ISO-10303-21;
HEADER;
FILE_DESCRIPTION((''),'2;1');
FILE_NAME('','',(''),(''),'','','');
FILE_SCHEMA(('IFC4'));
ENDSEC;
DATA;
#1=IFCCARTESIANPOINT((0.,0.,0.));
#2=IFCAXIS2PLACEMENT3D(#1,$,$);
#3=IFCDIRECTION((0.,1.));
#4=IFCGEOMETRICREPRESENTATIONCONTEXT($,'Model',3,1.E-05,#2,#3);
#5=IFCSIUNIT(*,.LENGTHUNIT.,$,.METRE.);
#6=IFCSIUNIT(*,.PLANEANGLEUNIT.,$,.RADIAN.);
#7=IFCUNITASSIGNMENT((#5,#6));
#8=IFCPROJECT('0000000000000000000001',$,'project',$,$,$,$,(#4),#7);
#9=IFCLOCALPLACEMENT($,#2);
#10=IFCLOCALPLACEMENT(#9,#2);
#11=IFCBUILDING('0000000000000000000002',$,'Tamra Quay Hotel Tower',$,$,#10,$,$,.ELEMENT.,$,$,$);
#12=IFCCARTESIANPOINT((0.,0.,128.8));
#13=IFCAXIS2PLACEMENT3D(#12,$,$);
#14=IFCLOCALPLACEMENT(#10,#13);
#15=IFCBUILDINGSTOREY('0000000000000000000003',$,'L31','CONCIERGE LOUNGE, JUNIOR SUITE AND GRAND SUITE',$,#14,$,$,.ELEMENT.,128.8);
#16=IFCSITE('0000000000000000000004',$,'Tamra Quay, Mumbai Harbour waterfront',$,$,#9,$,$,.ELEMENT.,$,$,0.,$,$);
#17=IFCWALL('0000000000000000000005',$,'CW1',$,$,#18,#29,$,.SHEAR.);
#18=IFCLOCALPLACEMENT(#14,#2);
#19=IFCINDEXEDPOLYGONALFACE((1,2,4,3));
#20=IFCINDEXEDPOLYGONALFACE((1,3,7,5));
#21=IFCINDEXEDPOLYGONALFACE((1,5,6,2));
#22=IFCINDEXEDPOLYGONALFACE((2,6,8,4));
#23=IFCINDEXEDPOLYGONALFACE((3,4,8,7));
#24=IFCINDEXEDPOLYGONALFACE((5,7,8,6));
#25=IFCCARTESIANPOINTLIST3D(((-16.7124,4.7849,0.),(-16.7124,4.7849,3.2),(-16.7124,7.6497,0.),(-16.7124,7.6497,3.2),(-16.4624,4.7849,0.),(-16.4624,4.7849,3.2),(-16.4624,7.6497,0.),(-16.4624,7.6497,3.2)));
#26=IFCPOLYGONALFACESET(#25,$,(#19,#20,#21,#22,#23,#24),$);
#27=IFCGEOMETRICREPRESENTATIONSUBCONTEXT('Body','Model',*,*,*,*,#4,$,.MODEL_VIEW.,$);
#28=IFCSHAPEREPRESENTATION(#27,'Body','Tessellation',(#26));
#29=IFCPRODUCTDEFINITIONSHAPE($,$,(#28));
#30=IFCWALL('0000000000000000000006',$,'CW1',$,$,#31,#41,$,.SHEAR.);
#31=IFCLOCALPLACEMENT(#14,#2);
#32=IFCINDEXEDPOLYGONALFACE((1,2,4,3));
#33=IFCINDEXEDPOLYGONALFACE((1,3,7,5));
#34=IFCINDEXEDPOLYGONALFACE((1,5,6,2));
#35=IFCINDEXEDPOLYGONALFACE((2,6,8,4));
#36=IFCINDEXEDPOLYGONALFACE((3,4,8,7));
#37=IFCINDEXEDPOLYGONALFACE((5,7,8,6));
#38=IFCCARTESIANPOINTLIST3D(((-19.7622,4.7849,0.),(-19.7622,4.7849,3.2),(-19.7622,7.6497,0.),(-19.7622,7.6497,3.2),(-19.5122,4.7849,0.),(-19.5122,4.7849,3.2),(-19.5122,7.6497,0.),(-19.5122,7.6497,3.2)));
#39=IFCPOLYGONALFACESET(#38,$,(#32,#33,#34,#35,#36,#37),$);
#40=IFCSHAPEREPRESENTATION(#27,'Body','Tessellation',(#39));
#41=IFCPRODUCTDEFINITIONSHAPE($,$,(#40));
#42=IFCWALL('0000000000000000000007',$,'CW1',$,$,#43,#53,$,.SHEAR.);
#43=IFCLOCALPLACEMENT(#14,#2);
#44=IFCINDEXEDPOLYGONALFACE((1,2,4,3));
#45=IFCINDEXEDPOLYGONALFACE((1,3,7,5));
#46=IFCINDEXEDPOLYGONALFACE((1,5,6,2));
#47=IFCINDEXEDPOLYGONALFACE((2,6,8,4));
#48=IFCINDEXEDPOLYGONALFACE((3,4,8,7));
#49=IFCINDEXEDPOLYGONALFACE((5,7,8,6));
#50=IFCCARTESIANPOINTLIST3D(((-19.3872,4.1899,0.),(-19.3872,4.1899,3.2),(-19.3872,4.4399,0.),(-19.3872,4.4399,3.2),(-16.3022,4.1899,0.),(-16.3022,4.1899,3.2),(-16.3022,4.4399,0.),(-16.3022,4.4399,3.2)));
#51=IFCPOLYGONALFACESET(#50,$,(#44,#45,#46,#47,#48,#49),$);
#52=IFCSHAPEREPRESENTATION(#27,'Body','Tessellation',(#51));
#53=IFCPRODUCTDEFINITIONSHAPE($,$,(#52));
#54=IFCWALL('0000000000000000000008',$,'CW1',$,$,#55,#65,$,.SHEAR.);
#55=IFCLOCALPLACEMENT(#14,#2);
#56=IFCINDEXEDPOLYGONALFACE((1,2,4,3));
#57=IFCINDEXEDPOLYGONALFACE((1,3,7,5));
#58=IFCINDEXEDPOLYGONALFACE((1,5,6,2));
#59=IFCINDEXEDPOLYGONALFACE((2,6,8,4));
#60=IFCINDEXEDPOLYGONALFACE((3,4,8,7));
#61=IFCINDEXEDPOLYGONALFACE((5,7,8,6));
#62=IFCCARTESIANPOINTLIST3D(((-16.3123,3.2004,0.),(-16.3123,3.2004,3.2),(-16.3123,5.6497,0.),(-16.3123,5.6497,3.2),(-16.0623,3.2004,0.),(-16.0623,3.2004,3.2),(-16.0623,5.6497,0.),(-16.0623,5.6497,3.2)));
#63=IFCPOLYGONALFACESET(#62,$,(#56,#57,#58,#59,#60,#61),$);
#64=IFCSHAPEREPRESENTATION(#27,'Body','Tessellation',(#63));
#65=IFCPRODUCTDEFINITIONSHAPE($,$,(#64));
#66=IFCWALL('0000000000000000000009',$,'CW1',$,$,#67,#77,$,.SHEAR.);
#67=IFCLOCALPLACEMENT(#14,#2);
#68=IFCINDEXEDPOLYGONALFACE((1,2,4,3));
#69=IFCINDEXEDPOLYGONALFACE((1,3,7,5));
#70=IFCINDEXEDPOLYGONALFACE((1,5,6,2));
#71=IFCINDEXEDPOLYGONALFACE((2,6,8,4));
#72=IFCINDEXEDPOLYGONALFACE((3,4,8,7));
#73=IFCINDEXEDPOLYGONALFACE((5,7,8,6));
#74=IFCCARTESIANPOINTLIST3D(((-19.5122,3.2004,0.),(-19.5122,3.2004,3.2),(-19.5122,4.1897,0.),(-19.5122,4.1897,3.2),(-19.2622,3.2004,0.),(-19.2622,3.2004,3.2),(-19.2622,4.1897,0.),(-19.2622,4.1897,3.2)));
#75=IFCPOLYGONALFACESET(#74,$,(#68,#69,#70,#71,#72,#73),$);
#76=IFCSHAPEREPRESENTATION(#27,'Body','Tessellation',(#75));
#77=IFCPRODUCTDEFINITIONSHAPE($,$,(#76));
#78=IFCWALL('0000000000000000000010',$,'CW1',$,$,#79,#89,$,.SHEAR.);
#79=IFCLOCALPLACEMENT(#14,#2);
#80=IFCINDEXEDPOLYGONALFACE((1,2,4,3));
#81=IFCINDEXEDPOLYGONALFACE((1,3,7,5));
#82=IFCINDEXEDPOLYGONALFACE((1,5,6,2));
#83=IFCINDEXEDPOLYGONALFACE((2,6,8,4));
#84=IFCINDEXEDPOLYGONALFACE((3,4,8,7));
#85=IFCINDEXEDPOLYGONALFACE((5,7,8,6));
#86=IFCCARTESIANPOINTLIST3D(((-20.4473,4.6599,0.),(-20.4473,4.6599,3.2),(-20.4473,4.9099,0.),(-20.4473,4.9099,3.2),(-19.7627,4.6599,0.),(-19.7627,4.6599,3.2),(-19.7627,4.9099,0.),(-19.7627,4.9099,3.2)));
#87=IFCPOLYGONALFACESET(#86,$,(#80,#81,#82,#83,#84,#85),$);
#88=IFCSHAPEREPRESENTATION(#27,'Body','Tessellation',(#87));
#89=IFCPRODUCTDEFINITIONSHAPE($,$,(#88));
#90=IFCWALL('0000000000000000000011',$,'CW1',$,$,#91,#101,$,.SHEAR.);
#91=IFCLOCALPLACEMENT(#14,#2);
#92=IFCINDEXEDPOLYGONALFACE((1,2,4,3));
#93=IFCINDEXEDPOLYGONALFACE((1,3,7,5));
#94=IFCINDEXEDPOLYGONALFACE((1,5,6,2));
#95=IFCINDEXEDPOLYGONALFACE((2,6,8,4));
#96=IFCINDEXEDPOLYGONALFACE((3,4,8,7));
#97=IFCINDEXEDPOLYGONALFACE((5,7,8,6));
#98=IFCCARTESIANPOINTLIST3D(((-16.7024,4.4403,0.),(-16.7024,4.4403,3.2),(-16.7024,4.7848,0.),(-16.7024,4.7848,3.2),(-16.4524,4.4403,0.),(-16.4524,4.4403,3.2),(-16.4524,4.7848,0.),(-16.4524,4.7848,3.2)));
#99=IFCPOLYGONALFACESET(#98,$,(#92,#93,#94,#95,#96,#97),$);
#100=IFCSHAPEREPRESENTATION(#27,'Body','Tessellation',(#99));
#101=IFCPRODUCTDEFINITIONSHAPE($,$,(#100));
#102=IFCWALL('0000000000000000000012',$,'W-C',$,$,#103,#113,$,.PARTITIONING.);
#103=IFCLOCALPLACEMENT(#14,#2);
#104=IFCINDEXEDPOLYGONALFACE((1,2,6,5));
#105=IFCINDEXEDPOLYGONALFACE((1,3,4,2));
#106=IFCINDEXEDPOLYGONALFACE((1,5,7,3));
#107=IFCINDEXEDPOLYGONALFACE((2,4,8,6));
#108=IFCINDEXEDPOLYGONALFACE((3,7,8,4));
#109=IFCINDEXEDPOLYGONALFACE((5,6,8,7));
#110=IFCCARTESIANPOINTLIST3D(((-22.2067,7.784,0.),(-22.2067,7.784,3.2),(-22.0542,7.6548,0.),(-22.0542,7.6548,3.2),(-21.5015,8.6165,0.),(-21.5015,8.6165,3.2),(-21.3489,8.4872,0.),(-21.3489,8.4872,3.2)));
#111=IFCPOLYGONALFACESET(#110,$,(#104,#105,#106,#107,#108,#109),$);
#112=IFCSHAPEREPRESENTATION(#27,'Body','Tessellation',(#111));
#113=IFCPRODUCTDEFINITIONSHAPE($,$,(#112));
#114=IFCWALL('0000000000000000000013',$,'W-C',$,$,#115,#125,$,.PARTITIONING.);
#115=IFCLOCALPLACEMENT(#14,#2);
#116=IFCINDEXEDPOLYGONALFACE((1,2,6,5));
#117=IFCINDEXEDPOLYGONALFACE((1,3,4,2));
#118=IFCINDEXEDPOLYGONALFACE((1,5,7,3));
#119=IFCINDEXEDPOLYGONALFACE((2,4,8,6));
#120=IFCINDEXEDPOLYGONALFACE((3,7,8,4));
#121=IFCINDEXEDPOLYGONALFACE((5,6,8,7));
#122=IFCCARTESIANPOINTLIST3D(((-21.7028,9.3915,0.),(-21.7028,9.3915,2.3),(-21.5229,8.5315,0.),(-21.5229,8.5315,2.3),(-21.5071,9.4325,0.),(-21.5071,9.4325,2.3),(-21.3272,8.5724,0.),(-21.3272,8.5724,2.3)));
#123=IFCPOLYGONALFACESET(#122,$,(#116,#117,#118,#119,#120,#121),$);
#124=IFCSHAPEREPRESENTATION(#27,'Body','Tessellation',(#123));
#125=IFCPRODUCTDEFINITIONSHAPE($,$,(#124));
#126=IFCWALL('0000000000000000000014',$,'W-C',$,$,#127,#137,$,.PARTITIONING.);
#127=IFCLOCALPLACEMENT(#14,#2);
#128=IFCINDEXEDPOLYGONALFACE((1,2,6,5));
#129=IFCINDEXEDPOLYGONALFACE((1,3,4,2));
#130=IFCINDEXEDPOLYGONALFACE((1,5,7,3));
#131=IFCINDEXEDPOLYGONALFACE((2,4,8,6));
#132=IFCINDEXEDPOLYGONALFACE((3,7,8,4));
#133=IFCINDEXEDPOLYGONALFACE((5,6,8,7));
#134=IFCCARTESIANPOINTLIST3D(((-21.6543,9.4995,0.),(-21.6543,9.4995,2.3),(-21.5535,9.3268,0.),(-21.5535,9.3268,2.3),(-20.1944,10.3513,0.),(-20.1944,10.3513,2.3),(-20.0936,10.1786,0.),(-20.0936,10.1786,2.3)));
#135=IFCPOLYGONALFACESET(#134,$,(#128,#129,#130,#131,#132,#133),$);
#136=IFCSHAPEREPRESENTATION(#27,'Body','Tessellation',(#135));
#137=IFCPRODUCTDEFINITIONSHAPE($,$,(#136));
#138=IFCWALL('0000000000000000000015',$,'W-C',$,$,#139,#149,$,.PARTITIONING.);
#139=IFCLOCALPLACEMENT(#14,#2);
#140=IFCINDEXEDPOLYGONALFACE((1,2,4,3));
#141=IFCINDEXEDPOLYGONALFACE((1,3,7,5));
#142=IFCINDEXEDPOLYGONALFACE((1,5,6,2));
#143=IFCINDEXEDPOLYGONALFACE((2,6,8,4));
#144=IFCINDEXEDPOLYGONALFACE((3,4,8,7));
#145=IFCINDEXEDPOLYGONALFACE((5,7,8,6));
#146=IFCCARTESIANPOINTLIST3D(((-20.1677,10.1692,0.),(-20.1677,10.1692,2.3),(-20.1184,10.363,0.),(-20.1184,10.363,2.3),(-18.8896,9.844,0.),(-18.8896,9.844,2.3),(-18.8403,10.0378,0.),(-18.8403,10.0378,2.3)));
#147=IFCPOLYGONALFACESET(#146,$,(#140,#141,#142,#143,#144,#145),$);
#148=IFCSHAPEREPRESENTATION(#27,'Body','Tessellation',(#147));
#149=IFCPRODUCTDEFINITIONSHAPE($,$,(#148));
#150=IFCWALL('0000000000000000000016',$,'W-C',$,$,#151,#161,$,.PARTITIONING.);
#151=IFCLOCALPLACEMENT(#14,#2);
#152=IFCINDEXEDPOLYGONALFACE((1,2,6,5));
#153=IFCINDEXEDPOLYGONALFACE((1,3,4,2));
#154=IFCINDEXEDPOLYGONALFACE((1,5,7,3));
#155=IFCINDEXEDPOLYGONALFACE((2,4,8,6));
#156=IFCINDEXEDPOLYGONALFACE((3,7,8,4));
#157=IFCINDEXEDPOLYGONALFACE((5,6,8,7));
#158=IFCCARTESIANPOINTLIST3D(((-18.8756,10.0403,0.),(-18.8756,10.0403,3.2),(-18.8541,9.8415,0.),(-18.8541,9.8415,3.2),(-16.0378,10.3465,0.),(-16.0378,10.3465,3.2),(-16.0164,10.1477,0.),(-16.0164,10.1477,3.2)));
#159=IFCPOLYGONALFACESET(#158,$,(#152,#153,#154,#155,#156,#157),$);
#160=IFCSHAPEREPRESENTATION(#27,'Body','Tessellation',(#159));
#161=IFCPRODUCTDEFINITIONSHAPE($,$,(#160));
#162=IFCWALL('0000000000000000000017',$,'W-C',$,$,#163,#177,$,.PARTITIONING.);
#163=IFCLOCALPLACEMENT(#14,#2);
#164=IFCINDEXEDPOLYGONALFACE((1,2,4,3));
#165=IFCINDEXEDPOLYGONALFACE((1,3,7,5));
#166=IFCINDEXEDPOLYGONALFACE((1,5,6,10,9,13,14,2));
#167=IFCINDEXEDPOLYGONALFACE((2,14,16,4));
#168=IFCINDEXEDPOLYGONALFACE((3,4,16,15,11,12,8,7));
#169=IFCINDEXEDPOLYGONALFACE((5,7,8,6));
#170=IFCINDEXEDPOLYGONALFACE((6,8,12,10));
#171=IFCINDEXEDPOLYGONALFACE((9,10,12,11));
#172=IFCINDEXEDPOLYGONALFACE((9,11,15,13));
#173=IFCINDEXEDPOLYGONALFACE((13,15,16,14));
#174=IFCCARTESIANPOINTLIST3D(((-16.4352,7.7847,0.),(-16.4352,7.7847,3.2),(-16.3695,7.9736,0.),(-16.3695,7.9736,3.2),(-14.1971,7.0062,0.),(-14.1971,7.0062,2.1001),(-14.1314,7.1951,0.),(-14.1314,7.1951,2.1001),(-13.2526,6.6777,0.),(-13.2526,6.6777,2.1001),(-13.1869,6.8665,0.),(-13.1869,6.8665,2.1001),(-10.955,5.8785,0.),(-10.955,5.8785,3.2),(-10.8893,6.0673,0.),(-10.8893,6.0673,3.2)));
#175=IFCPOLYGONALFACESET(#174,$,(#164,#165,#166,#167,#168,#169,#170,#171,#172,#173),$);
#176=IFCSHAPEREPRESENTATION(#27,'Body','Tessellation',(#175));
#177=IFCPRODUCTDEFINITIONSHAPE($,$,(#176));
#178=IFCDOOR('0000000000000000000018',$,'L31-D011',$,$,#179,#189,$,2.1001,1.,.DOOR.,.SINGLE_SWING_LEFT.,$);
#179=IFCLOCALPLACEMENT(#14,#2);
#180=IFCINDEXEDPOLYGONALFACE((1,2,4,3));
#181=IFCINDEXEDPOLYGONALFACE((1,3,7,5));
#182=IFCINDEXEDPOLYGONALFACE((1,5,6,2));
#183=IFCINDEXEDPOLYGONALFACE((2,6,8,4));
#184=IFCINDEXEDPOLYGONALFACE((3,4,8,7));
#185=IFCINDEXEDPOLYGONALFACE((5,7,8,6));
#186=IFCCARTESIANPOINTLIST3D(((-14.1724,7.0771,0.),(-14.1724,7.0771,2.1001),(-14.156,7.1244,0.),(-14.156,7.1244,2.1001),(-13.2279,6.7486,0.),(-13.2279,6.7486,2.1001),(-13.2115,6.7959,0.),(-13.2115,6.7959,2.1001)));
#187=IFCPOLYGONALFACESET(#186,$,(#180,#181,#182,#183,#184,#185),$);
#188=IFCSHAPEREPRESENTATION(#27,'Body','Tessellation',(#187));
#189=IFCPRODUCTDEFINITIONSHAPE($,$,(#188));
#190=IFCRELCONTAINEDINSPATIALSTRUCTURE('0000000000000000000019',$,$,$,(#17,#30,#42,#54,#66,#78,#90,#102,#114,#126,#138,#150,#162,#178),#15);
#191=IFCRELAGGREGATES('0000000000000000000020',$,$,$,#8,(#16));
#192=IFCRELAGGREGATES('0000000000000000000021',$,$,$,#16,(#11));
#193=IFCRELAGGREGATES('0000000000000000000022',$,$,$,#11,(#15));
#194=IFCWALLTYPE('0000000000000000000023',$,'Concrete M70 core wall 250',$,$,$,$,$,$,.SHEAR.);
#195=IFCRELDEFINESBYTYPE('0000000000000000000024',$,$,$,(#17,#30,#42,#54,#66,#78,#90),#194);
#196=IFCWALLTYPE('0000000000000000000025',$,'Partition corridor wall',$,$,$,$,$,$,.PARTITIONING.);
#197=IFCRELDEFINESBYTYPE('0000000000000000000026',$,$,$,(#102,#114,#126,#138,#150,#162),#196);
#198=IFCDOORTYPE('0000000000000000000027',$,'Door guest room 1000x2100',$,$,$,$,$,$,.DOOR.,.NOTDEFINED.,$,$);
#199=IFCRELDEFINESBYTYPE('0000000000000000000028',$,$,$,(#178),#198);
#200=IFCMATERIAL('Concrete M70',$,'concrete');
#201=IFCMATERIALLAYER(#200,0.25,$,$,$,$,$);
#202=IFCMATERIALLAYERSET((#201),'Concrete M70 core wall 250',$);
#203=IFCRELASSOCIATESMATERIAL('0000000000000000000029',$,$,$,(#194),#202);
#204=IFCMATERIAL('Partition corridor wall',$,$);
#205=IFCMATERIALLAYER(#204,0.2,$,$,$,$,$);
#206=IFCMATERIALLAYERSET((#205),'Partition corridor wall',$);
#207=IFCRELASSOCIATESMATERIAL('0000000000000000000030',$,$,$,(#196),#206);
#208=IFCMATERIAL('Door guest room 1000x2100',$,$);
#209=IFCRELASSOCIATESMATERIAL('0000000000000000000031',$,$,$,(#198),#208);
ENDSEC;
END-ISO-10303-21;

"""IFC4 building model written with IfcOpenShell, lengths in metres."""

from ifc_helpers import new_model, si_unit, direction, frame, frame_2d, origin, place, context, subcontext, project, spatial, rectangle, extrude, material, layer, layer_set, type_object, element, fill, save


model = new_model("IFC4")

# Units and contexts
model_context = context("Model", 3, precision=1e-05, world=origin(), true_north=direction((0.0, 1.0)))
body_context = subcontext(model_context, "Body", "Model", "MODEL_VIEW")
ifc_project = project(units=[si_unit("LENGTHUNIT", "METRE"), si_unit("PLANEANGLEUNIT", "RADIAN")], contexts=[model_context])

# Site, building, storey
site_placement = place(None, origin())
site = spatial("IfcSite", under=ifc_project, at=site_placement, Name="Tamra Quay, Mumbai Harbour waterfront", CompositionType="ELEMENT", RefElevation=0.0)
building_placement = place(site_placement, origin())
building = spatial("IfcBuilding", under=site, at=building_placement, Name="Tamra Quay Hotel Tower", CompositionType="ELEMENT")
storey_placement = place(building_placement, frame((0.0, 0.0, 128.8)))
storey = spatial("IfcBuildingStorey", under=building, at=storey_placement, Name="L31", Description="CONCIERGE LOUNGE, JUNIOR SUITE AND GRAND SUITE", CompositionType="ELEMENT", Elevation=128.8)

# Shared definitions
ifc_material_1 = material(Name="Concrete M70", Category="concrete")

# Walls
ifc_layer_1 = layer(ifc_material_1, 0.25)
ifc_layer_set_1 = layer_set([ifc_layer_1], Name="Concrete M70 core wall 250")
wall_type_1 = type_object("IfcWallType", Name="Concrete M70 core wall 250", PredefinedType="SHEAR", material=ifc_layer_set_1)
for number, where, z_axis, x_axis, name in (
    (1, (-16.5874, 7.6497, 0.0), (0.0, 0.0, 1.0), (0.0, -1.0, 0.0), "CW1"),
    (2, (-19.6372, 4.7849, 0.0), (0.0, 0.0, 1.0), (0.0, 1.0, 0.0), "CW1"),
):
    element("IfcWall", number, at=place(storey_placement, frame(where, z_axis=z_axis, x_axis=x_axis)), inside=storey, type_object=wall_type_1, Name=name, PredefinedType="SHEAR", context=body_context, shape_type="SweptSolid", body=[
        extrude(rectangle(XDim=2.8647, YDim=0.25, at=frame_2d((1.4324, 0.0))), origin(), (0.0, 0.0, 1.0), 3.2),
    ])
wall_1_placement = place(storey_placement, frame((-16.3022, 4.3149, 0.0), z_axis=(0.0, 0.0, 1.0), x_axis=(-1.0, 0.0, 0.0)))
element("IfcWall", 3, at=wall_1_placement, inside=storey, type_object=wall_type_1, Name="CW1", PredefinedType="SHEAR", context=body_context, shape_type="SweptSolid", body=[
    extrude(rectangle(XDim=3.085, YDim=0.25, at=frame_2d((1.5425, 0.0))), origin(), (0.0, 0.0, 1.0), 3.2),
])
wall_2_placement = place(storey_placement, frame((-16.1873, 3.2004, 0.0), z_axis=(0.0, 0.0, 1.0), x_axis=(0.0, 1.0, 0.0)))
element("IfcWall", 4, at=wall_2_placement, inside=storey, type_object=wall_type_1, Name="CW1", PredefinedType="SHEAR", context=body_context, shape_type="SweptSolid", body=[
    extrude(rectangle(XDim=2.4492, YDim=0.25, at=frame_2d((1.2246, 0.0))), origin(), (0.0, 0.0, 1.0), 3.2),
])
wall_3_placement = place(storey_placement, frame((-19.3872, 4.1897, 0.0), z_axis=(0.0, 0.0, 1.0), x_axis=(0.0, -1.0, 0.0)))
element("IfcWall", 5, at=wall_3_placement, inside=storey, type_object=wall_type_1, Name="CW1", PredefinedType="SHEAR", context=body_context, shape_type="SweptSolid", body=[
    extrude(rectangle(XDim=0.9893, YDim=0.25, at=frame_2d((0.4946, 0.0))), origin(), (0.0, 0.0, 1.0), 3.2),
])
wall_4_placement = place(storey_placement, frame((-20.4473, 4.7849, 0.0), z_axis=(0.0, 0.0, 1.0), x_axis=(1.0, 0.0, 0.0)))
element("IfcWall", 6, at=wall_4_placement, inside=storey, type_object=wall_type_1, Name="CW1", PredefinedType="SHEAR", context=body_context, shape_type="SweptSolid", body=[
    extrude(rectangle(XDim=0.6846, YDim=0.25, at=frame_2d((0.3423, 0.0))), origin(), (0.0, 0.0, 1.0), 3.2),
])
wall_5_placement = place(storey_placement, frame((-16.5774, 4.7849, 0.0), z_axis=(0.0, 0.0, 1.0), x_axis=(0.0, -1.0, 0.0)))
element("IfcWall", 7, at=wall_5_placement, inside=storey, type_object=wall_type_1, Name="CW1", PredefinedType="SHEAR", context=body_context, shape_type="SweptSolid", body=[
    extrude(rectangle(XDim=0.3445, YDim=0.25, at=frame_2d((0.1724, 0.0))), origin(), (0.0, 0.0, 1.0), 3.2),
])
ifc_material_2 = material(Name="Partition corridor wall")
ifc_layer_2 = layer(ifc_material_2, 0.2)
ifc_layer_set_2 = layer_set([ifc_layer_2], Name="Partition corridor wall")
wall_type_2 = type_object("IfcWallType", Name="Partition corridor wall", PredefinedType="PARTITIONING", material=ifc_layer_set_2)
wall_6_placement = place(storey_placement, frame((-22.1304, 7.7195, 0.0), z_axis=(0.0, 0.0, 1.0), x_axis=(0.646414, 0.762987, 0.0)))
element("IfcWall", 8, at=wall_6_placement, inside=storey, type_object=wall_type_2, Name="W-C", PredefinedType="PARTITIONING", context=body_context, shape_type="SweptSolid", body=[
    extrude(rectangle(XDim=1.0911, YDim=0.2, at=frame_2d((0.5454, 0.0))), origin(), (0.0, 0.0, 1.0), 3.2),
])
wall_7_placement = place(storey_placement, frame((-21.605, 9.4121, 0.0), z_axis=(0.0, 0.0, 1.0), x_axis=(0.204764, -0.978811, 0.0)))
element("IfcWall", 9, at=wall_7_placement, inside=storey, type_object=wall_type_2, Name="W-C", PredefinedType="PARTITIONING", context=body_context, shape_type="SweptSolid", body=[
    extrude(rectangle(XDim=0.8787, YDim=0.2, at=frame_2d((0.4395, 0.0))), origin(), (0.0, 0.0, 1.0), 2.3),
])
wall_8_placement = place(storey_placement, frame((-21.604, 9.4131, 0.0), z_axis=(0.0, 0.0, 1.0), x_axis=(0.863737, 0.503943, 0.0)))
element("IfcWall", 10, at=wall_8_placement, inside=storey, type_object=wall_type_2, Name="W-C", PredefinedType="PARTITIONING", context=body_context, shape_type="SweptSolid", body=[
    extrude(rectangle(XDim=1.6902, YDim=0.2, at=frame_2d((0.8452, 0.0))), origin(), (0.0, 0.0, 1.0), 2.3),
])
wall_9_placement = place(storey_placement, frame((-20.1431, 10.2661, 0.0), z_axis=(0.0, 0.0, 1.0), x_axis=(0.969121, -0.246584, 0.0)))
element("IfcWall", 11, at=wall_9_placement, inside=storey, type_object=wall_type_2, Name="W-C", PredefinedType="PARTITIONING", context=body_context, shape_type="SweptSolid", body=[
    extrude(rectangle(XDim=1.3188, YDim=0.2, at=frame_2d((0.6594, 0.0))), origin(), (0.0, 0.0, 1.0), 2.3),
])
wall_10_placement = place(storey_placement, frame((-18.865, 9.9409, 0.0), z_axis=(0.0, 0.0, 1.0), x_axis=(0.994231, 0.107258, 0.0)))
element("IfcWall", 12, at=wall_10_placement, inside=storey, type_object=wall_type_2, Name="W-C", PredefinedType="PARTITIONING", context=body_context, shape_type="SweptSolid", body=[
    extrude(rectangle(XDim=2.8542, YDim=0.2, at=frame_2d((1.4272, 0.0))), origin(), (0.0, 0.0, 1.0), 3.2),
])

# Wall, opening, door
wall_11_placement = place(storey_placement, frame((-16.4023, 7.8792, 0.0), z_axis=(0.0, 0.0, 1.0), x_axis=(0.944492, -0.328534, 0.0)))
wall_11 = element("IfcWall", 13, at=wall_11_placement, inside=storey, type_object=wall_type_2, Name="W-C", PredefinedType="PARTITIONING", context=body_context, shape_type="SweptSolid", body=[
    extrude(rectangle(XDim=5.8022, YDim=0.2, at=frame_2d((2.9011, 0.0))), origin(), (0.0, 0.0, 1.0), 3.2),
])
opening_1_placement = place(wall_11_placement, frame((2.3696, 0.0, 0.0)))
opening_1 = element("IfcOpeningElement", 14, at=opening_1_placement, cuts=wall_11, PredefinedType="OPENING", context=body_context, shape_type="SweptSolid", body=[
    extrude(rectangle(XDim=1.0, YDim=2.1001, at=frame_2d((0.5, 1.05))), frame((0.0, 0.1099, 0.0), z_axis=(0.0, -1.0, 0.0), x_axis=(1.0, 0.0, 0.0)), (0.0, 0.0, 1.0), 0.22),
])
ifc_material_3 = material(Name="Door guest room 1000x2100")
door_type_1 = type_object("IfcDoorType", Name="Door guest room 1000x2100", OperationType="NOTDEFINED", PredefinedType="DOOR", material=ifc_material_3)
door_1_placement = place(opening_1_placement, frame((1.0, 0.0, 0.0), z_axis=(0.0, 0.0, 1.0), x_axis=(-1.0, 0.0, 0.0)))
door_1 = element("IfcDoor", 15, at=door_1_placement, inside=storey, type_object=door_type_1, Name="L31-D011", OperationType="SINGLE_SWING_LEFT", OverallHeight=2.1001, OverallWidth=1.0, PredefinedType="DOOR", context=body_context, shape_type="SweptSolid", body=[
    extrude(rectangle(XDim=1.0, YDim=2.1001, at=frame_2d((0.5, 1.05))), frame((0.0, 0.0249, 0.0), z_axis=(0.0, -1.0, 0.0), x_axis=(1.0, 0.0, 0.0)), (0.0, 0.0, 1.0), 0.05),
])
fill(opening_1, door_1)

save(model, "model.ifc")
